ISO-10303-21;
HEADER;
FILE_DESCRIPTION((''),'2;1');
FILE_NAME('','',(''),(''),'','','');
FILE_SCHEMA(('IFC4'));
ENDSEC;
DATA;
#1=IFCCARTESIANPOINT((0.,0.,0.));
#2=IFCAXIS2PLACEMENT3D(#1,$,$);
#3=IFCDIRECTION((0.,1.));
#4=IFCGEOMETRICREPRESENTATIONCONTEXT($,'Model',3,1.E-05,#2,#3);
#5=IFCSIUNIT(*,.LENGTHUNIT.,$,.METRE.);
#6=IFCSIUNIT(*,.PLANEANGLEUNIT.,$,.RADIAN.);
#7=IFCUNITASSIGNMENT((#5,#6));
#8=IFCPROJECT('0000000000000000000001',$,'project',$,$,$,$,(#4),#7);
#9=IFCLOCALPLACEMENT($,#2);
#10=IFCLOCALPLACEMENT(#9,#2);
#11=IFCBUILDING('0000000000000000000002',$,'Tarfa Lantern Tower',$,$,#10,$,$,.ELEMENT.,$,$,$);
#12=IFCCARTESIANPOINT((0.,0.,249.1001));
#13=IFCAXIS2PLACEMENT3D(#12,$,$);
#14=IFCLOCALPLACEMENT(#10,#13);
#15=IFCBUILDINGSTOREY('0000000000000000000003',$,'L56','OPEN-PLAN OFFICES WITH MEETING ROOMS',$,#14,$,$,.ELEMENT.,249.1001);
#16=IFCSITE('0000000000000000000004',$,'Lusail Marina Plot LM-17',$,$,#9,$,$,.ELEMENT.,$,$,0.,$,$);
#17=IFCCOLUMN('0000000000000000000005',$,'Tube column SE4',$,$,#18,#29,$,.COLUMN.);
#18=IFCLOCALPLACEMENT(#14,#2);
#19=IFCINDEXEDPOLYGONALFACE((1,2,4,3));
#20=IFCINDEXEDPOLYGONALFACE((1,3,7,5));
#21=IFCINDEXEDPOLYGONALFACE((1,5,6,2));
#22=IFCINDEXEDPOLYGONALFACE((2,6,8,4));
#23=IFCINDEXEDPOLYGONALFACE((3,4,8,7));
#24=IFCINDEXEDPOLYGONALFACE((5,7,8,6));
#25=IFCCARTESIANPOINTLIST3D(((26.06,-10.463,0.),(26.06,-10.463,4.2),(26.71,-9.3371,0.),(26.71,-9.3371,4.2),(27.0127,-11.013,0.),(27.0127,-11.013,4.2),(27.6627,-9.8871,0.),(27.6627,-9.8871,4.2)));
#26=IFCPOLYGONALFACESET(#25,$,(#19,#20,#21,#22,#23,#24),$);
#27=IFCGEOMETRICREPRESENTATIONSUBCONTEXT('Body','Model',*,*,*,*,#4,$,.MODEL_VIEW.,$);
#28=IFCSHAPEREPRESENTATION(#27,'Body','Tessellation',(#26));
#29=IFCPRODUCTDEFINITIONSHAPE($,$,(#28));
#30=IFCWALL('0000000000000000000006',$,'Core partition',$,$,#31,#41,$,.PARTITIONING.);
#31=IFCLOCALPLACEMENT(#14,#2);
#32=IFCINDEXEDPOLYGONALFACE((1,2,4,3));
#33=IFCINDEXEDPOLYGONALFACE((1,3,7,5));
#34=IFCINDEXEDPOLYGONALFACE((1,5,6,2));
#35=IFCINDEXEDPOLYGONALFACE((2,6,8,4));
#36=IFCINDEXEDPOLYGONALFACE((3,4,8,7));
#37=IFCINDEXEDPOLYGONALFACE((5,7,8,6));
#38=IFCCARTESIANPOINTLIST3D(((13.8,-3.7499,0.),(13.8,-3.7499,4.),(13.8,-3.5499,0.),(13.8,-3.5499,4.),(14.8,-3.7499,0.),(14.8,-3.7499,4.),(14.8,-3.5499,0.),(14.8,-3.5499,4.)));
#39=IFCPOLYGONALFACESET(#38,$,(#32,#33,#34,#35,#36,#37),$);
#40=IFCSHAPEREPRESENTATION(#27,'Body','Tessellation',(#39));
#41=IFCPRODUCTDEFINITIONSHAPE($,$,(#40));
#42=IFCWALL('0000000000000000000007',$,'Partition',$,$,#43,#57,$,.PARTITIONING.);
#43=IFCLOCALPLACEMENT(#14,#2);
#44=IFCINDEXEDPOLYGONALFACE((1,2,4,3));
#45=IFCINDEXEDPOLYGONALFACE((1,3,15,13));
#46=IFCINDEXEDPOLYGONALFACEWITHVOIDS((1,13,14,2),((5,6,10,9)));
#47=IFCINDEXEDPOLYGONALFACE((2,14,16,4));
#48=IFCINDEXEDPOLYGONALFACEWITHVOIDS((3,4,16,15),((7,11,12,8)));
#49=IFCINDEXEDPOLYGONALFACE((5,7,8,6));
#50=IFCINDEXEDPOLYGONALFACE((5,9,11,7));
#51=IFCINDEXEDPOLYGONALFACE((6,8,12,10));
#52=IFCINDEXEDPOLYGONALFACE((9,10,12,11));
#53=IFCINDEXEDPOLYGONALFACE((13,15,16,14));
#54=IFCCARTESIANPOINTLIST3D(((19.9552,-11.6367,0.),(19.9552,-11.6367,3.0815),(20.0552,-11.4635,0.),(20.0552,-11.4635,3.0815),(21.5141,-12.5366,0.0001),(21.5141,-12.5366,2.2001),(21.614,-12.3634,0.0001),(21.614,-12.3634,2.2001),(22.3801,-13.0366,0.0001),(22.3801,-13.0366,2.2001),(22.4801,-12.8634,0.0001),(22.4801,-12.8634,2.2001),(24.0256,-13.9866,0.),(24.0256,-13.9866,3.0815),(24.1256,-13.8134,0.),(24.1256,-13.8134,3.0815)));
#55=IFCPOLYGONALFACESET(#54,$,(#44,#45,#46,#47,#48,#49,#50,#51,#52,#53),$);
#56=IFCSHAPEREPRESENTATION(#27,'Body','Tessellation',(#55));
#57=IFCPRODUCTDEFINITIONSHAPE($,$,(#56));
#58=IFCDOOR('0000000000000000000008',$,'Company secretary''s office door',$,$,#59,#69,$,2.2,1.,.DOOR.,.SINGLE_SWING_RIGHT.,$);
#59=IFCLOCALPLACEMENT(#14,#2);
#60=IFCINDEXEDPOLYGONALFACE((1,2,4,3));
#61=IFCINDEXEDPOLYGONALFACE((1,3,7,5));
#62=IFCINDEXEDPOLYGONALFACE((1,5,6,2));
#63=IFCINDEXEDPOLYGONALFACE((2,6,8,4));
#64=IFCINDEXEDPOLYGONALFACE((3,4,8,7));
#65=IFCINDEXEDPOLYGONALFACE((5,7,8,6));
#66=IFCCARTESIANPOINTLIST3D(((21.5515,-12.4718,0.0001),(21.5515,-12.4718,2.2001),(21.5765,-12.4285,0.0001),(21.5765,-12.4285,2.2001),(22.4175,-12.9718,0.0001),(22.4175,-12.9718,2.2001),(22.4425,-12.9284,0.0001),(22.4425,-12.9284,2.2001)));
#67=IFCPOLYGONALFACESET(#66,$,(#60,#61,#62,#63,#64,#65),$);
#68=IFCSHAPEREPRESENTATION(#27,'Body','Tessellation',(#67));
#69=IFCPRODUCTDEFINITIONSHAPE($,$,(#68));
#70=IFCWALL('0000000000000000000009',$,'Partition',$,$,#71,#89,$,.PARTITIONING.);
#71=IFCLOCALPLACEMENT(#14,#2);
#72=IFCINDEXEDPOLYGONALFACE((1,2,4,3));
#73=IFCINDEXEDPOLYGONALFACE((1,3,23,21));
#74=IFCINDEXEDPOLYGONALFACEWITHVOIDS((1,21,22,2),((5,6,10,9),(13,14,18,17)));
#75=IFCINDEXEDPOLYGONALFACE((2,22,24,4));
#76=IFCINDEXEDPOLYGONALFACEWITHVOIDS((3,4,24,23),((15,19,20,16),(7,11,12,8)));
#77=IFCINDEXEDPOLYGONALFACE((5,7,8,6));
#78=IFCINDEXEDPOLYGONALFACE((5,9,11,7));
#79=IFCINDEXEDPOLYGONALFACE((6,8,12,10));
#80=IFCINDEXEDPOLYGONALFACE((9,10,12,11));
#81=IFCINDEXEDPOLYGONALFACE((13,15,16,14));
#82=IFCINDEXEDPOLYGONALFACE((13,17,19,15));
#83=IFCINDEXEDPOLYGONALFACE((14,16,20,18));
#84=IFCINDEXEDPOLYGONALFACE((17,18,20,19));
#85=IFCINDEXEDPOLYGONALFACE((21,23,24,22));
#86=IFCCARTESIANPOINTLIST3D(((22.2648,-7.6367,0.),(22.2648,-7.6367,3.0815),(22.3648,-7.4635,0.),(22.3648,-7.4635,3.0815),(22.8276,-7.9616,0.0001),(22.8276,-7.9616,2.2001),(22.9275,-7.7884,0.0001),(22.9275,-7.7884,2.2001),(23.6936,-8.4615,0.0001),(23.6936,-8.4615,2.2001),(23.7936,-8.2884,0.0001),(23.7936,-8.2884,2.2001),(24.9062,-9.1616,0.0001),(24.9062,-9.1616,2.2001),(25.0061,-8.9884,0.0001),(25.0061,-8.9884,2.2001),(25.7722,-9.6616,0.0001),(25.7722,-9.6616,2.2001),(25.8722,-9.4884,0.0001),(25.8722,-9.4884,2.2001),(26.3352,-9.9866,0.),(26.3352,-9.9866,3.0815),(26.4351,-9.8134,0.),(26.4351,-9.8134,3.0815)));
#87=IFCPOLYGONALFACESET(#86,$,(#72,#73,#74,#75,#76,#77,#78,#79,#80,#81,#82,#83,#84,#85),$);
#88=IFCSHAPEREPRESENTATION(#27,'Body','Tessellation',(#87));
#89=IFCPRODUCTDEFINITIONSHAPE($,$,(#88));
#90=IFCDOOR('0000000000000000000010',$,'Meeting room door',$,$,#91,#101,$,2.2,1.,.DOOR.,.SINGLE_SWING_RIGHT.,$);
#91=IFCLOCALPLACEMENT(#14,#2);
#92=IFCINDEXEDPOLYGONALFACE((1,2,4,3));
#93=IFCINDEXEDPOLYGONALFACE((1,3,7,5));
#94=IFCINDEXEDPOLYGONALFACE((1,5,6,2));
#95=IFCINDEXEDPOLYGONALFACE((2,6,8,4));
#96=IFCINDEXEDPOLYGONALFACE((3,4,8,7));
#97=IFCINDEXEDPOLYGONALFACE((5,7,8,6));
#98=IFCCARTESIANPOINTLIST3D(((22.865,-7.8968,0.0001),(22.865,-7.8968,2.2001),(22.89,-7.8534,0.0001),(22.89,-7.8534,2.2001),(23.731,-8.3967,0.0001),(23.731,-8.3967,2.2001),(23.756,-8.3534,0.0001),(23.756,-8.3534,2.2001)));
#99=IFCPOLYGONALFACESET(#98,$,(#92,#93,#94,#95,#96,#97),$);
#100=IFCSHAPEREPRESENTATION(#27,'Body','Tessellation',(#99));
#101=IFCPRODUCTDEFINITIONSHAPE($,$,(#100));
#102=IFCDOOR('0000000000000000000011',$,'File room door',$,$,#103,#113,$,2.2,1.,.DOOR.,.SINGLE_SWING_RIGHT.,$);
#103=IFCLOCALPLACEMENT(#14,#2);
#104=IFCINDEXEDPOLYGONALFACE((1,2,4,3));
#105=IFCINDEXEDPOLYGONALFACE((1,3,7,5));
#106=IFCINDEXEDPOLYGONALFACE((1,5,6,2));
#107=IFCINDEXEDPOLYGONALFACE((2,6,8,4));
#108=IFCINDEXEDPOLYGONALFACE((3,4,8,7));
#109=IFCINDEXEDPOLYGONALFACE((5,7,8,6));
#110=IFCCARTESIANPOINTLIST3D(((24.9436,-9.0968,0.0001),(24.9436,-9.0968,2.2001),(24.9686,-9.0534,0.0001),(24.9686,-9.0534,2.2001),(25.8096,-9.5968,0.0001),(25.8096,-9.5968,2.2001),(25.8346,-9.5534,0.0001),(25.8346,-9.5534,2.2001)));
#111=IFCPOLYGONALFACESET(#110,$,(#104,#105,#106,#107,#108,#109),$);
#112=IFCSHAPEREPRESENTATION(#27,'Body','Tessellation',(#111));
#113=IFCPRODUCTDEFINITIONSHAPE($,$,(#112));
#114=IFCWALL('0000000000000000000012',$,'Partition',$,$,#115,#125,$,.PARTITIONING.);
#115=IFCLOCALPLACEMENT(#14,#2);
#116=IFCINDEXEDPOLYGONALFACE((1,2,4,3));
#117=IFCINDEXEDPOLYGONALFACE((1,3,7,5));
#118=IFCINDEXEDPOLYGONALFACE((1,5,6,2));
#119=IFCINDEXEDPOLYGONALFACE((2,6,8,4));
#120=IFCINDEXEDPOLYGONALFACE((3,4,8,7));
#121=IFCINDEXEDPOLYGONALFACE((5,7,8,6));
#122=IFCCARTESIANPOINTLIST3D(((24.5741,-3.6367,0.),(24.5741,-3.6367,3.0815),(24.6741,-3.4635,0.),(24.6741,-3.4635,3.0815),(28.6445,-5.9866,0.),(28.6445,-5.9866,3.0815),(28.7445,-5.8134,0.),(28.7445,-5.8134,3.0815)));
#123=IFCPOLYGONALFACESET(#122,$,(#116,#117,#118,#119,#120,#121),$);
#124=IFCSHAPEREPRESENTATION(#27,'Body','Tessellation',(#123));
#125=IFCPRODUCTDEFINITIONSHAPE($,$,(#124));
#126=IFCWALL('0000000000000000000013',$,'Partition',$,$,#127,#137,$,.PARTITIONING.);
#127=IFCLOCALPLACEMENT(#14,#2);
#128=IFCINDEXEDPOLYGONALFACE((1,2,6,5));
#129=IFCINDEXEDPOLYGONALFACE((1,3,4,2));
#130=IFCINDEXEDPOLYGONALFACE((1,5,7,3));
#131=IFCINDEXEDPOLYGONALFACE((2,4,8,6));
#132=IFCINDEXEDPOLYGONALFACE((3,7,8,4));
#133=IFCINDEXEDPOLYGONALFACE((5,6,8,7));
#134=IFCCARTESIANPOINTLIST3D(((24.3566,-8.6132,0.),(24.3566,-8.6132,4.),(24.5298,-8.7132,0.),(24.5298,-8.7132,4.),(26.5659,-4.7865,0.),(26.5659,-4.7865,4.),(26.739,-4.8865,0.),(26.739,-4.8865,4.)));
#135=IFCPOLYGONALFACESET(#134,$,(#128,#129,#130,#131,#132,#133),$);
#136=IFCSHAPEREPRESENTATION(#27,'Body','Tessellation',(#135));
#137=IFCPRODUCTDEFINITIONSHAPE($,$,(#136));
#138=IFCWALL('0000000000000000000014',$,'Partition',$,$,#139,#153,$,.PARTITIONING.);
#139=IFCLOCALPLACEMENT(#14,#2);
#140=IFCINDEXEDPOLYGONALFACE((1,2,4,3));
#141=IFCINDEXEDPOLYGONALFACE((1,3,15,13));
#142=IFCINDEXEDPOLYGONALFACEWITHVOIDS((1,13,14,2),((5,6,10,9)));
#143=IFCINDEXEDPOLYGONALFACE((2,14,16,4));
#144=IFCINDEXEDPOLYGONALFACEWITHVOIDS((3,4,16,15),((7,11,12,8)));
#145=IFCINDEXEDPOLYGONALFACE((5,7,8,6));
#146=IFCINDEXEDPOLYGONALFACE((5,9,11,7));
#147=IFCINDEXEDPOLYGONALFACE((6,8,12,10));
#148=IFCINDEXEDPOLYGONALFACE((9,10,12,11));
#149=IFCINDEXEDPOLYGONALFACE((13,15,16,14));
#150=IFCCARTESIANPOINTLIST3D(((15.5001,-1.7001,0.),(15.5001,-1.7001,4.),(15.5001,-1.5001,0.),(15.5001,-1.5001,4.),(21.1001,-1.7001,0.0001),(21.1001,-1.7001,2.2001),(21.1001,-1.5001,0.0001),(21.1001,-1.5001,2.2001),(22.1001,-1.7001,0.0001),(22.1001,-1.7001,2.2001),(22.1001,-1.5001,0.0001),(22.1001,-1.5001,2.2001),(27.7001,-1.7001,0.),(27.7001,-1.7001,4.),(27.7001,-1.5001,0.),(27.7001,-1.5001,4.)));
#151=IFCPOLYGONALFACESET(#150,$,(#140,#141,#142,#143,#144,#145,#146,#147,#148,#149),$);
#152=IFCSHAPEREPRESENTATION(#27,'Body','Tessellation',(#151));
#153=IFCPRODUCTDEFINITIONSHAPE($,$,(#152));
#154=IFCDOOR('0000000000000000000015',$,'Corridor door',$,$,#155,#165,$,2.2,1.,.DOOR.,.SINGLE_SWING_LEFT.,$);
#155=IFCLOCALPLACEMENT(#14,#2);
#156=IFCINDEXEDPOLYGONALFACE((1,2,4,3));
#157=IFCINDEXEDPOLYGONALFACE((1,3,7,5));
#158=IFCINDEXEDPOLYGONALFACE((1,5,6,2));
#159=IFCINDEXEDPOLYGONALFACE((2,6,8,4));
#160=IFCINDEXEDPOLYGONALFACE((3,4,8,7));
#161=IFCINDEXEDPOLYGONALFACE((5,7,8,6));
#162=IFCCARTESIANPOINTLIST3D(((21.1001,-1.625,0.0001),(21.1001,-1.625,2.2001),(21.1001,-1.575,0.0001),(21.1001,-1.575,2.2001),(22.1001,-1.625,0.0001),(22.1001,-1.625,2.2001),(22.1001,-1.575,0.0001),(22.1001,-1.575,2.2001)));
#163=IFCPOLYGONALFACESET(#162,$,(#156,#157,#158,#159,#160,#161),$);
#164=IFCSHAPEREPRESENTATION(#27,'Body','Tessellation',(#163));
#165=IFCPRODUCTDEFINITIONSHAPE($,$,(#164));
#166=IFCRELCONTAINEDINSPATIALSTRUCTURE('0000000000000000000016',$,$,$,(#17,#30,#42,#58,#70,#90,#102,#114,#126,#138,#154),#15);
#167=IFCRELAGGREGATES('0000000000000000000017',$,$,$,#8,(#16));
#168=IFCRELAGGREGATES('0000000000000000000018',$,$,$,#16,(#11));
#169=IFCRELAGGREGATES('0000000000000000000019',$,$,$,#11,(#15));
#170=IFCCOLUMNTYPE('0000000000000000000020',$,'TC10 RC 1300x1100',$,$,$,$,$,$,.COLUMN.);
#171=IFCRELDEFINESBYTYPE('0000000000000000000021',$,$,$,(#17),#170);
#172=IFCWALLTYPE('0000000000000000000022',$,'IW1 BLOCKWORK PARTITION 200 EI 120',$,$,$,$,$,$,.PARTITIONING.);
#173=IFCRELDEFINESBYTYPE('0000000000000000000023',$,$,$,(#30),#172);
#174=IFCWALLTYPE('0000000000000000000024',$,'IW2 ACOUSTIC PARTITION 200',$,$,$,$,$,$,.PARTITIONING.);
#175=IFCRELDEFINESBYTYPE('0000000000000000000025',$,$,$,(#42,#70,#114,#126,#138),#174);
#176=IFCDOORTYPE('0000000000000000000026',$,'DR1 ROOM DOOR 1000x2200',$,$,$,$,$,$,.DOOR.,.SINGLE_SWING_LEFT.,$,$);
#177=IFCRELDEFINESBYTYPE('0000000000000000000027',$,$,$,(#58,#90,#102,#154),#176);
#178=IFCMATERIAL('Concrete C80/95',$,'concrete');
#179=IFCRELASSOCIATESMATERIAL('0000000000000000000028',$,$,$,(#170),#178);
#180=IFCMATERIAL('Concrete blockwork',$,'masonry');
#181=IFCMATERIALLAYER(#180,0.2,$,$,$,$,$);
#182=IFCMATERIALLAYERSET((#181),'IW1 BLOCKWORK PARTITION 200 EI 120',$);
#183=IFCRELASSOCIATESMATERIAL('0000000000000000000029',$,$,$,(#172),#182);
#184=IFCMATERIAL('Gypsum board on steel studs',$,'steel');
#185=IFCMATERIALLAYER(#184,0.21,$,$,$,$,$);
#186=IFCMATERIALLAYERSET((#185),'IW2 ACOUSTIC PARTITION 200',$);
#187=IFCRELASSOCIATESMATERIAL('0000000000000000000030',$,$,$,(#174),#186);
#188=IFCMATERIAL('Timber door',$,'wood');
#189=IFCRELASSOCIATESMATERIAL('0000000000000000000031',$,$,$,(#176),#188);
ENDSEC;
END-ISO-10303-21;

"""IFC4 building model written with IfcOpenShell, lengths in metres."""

from ifc_helpers import new_model, si_unit, direction, frame, frame_2d, origin, origin_2d, place, context, subcontext, project, spatial, rectangle, extrude, material, layer, layer_set, material_profile, profile_set, type_object, element, fill, save


model = new_model("IFC4")

# Units and contexts
model_context = context("Model", 3, precision=1e-05, world=origin(), true_north=direction((0.0, 1.0)))
body_context = subcontext(model_context, "Body", "Model", "MODEL_VIEW")
ifc_project = project(units=[si_unit("LENGTHUNIT", "METRE"), si_unit("PLANEANGLEUNIT", "RADIAN")], contexts=[model_context])

# Site, building, storey
site_placement = place(None, origin())
site = spatial("IfcSite", under=ifc_project, at=site_placement, Name="Lusail Marina Plot LM-17", CompositionType="ELEMENT", RefElevation=0.0)
building_placement = place(site_placement, origin())
building = spatial("IfcBuilding", under=site, at=building_placement, Name="Tarfa Lantern Tower", CompositionType="ELEMENT")
storey_placement = place(building_placement, frame((0.0, 0.0, 249.1001)))
storey = spatial("IfcBuildingStorey", under=building, at=storey_placement, Name="L56", Description="OPEN-PLAN OFFICES WITH MEETING ROOMS", CompositionType="ELEMENT", Elevation=249.1001)

# Column
ifc_material_1 = material(Name="Concrete C80/95", Category="concrete")
ifc_material_profile = material_profile(ifc_material_1, rectangle(XDim=1.3, YDim=1.1001, at=origin_2d()), Name="RC 1300x1100")
ifc_profile_set = profile_set([ifc_material_profile], Name="Concrete C80/95")
column_type = type_object("IfcColumnType", Name="TC10 RC 1300x1100", PredefinedType="COLUMN", material=ifc_profile_set)
column_placement = place(storey_placement, frame((26.8613, -10.175, 0.0), z_axis=(0.0, 0.0, 1.0), x_axis=(0.5, 0.866025, 0.0)))
element("IfcColumn", 1, at=column_placement, inside=storey, type_object=column_type, Name="Tube column SE4", PredefinedType="COLUMN", context=body_context, shape_type="SweptSolid", body=[
    extrude(rectangle(XDim=1.3, YDim=1.1001, at=origin_2d()), origin(), (0.0, 0.0, 1.0), 4.2),
])

# Wall
ifc_material_2 = material(Name="Concrete blockwork", Category="masonry")
ifc_layer_1 = layer(ifc_material_2, 0.2)
ifc_layer_set_1 = layer_set([ifc_layer_1], Name="IW1 BLOCKWORK PARTITION 200 EI 120")
wall_type_1 = type_object("IfcWallType", Name="IW1 BLOCKWORK PARTITION 200 EI 120", PredefinedType="PARTITIONING", material=ifc_layer_set_1)
wall_1_placement = place(storey_placement, frame((14.8, -3.6499, 0.0), z_axis=(0.0, 0.0, 1.0), x_axis=(-1.0, 0.0, 0.0)))
element("IfcWall", 2, at=wall_1_placement, inside=storey, type_object=wall_type_1, Name="Core partition", PredefinedType="PARTITIONING", context=body_context, shape_type="SweptSolid", body=[
    extrude(rectangle(XDim=1.0, YDim=0.2, at=frame_2d((0.5, 0.0))), origin(), (0.0, 0.0, 1.0), 4.0),
])

# Wall, opening, door
ifc_material_3 = material(Name="Gypsum board on steel studs", Category="steel")
ifc_layer_2 = layer(ifc_material_3, 0.21)
ifc_layer_set_2 = layer_set([ifc_layer_2], Name="IW2 ACOUSTIC PARTITION 200")
wall_type_2 = type_object("IfcWallType", Name="IW2 ACOUSTIC PARTITION 200", PredefinedType="PARTITIONING", material=ifc_layer_set_2)
wall_2_placement = place(storey_placement, frame((20.0051, -11.55, 0.0), z_axis=(0.0, 0.0, 1.0), x_axis=(0.866039, -0.499977, 0.0)))
wall_2 = element("IfcWall", 3, at=wall_2_placement, inside=storey, type_object=wall_type_2, Name="Partition", PredefinedType="PARTITIONING", context=body_context, shape_type="SweptSolid", body=[
    extrude(rectangle(XDim=4.7, YDim=0.2, at=frame_2d((2.3501, 0.0))), origin(), (0.0, 0.0, 1.0), 3.0815),
])
opening_1_placement = place(wall_2_placement, frame((1.8, 0.0, 0.0)))
opening_1 = element("IfcOpeningElement", 4, at=opening_1_placement, cuts=wall_2, PredefinedType="OPENING", context=body_context, shape_type="SweptSolid", body=[
    extrude(rectangle(XDim=1.0, YDim=2.2, at=frame_2d((0.5, 1.1001))), frame((0.0, 0.1099, 0.0), z_axis=(0.0, -1.0, 0.0), x_axis=(1.0, 0.0, 0.0)), (0.0, 0.0, 1.0), 0.22),
])
ifc_material_4 = material(Name="Timber door", Category="wood")
door_type_1 = type_object("IfcDoorType", Name="DR1 ROOM DOOR 1000x2200", OperationType="SINGLE_SWING_LEFT", PredefinedType="DOOR", material=ifc_material_4)
door_1_placement = place(opening_1_placement, origin())
door_1 = element("IfcDoor", 5, at=door_1_placement, inside=storey, type_object=door_type_1, Name="Company secretary's office door", OperationType="SINGLE_SWING_RIGHT", OverallHeight=2.2, OverallWidth=1.0, PredefinedType="DOOR", context=body_context, shape_type="SweptSolid", body=[
    extrude(rectangle(XDim=1.0, YDim=2.2, at=frame_2d((0.5, 1.1001))), frame((0.0, 0.0249, 0.0), z_axis=(0.0, -1.0, 0.0), x_axis=(1.0, 0.0, 0.0)), (0.0, 0.0, 1.0), 0.05),
])
fill(opening_1, door_1)

# Wall, openings, doors
wall_3_placement = place(storey_placement, frame((22.3147, -7.55, 0.0), z_axis=(0.0, 0.0, 1.0), x_axis=(0.866039, -0.499977, 0.0)))
wall_3 = element("IfcWall", 6, at=wall_3_placement, inside=storey, type_object=wall_type_2, Name="Partition", PredefinedType="PARTITIONING", context=body_context, shape_type="SweptSolid", body=[
    extrude(rectangle(XDim=4.7, YDim=0.2, at=frame_2d((2.3501, 0.0))), origin(), (0.0, 0.0, 1.0), 3.0815),
])
opening_2_placement = place(wall_3_placement, frame((0.6499, 0.0, 0.0)))
opening_2 = element("IfcOpeningElement", 7, at=opening_2_placement, cuts=wall_3, PredefinedType="OPENING", context=body_context, shape_type="SweptSolid", body=[
    extrude(rectangle(XDim=1.0, YDim=2.2, at=frame_2d((0.5, 1.1001))), frame((0.0, 0.1099, 0.0), z_axis=(0.0, -1.0, 0.0), x_axis=(1.0, 0.0, 0.0)), (0.0, 0.0, 1.0), 0.22),
])
opening_3_placement = place(wall_3_placement, frame((3.05, 0.0, 0.0)))
opening_3 = element("IfcOpeningElement", 8, at=opening_3_placement, cuts=wall_3, PredefinedType="OPENING", context=body_context, shape_type="SweptSolid", body=[
    extrude(rectangle(XDim=1.0, YDim=2.2, at=frame_2d((0.5, 1.1001))), frame((0.0, 0.1099, 0.0), z_axis=(0.0, -1.0, 0.0), x_axis=(1.0, 0.0, 0.0)), (0.0, 0.0, 1.0), 0.22),
])
door_2_placement = place(opening_2_placement, origin())
door_2 = element("IfcDoor", 9, at=door_2_placement, inside=storey, type_object=door_type_1, Name="Meeting room door", OperationType="SINGLE_SWING_RIGHT", OverallHeight=2.2, OverallWidth=1.0, PredefinedType="DOOR", context=body_context, shape_type="SweptSolid", body=[
    extrude(rectangle(XDim=1.0, YDim=2.2, at=frame_2d((0.5, 1.1001))), frame((0.0, 0.0249, 0.0), z_axis=(0.0, -1.0, 0.0), x_axis=(1.0, 0.0, 0.0)), (0.0, 0.0, 1.0), 0.05),
])
fill(opening_2, door_2)
door_3_placement = place(opening_3_placement, origin())
door_3 = element("IfcDoor", 10, at=door_3_placement, inside=storey, type_object=door_type_1, Name="File room door", OperationType="SINGLE_SWING_RIGHT", OverallHeight=2.2, OverallWidth=1.0, PredefinedType="DOOR", context=body_context, shape_type="SweptSolid", body=[
    extrude(rectangle(XDim=1.0, YDim=2.2, at=frame_2d((0.5, 1.1001))), frame((0.0, 0.0249, 0.0), z_axis=(0.0, -1.0, 0.0), x_axis=(1.0, 0.0, 0.0)), (0.0, 0.0, 1.0), 0.05),
])
fill(opening_3, door_3)

# Walls
wall_4_placement = place(storey_placement, frame((24.624, -3.55, 0.0), z_axis=(0.0, 0.0, 1.0), x_axis=(0.866039, -0.499977, 0.0)))
element("IfcWall", 11, at=wall_4_placement, inside=storey, type_object=wall_type_2, Name="Partition", PredefinedType="PARTITIONING", context=body_context, shape_type="SweptSolid", body=[
    extrude(rectangle(XDim=4.7, YDim=0.2, at=frame_2d((2.3501, 0.0))), origin(), (0.0, 0.0, 1.0), 3.0815),
])
wall_5_placement = place(storey_placement, frame((24.4431, -8.6633, 0.0), z_axis=(0.0, 0.0, 1.0), x_axis=(0.499984, 0.866035, 0.0)))
element("IfcWall", 12, at=wall_5_placement, inside=storey, type_object=wall_type_2, Name="Partition", PredefinedType="PARTITIONING", context=body_context, shape_type="SweptSolid", body=[
    extrude(rectangle(XDim=4.4187, YDim=0.2, at=frame_2d((2.2095, 0.0))), origin(), (0.0, 0.0, 1.0), 4.0),
])

# Wall, opening, door
wall_6_placement = place(storey_placement, frame((15.5, -1.6001, 0.0), z_axis=(0.0, 0.0, 1.0), x_axis=(1.0, 0.0, 0.0)))
wall_6 = element("IfcWall", 13, at=wall_6_placement, inside=storey, type_object=wall_type_2, Name="Partition", PredefinedType="PARTITIONING", context=body_context, shape_type="SweptSolid", body=[
    extrude(rectangle(XDim=12.2, YDim=0.2, at=frame_2d((6.1001, 0.0))), origin(), (0.0, 0.0, 1.0), 4.0),
])
opening_4_placement = place(wall_6_placement, frame((5.6001, 0.0, 0.0)))
opening_4 = element("IfcOpeningElement", 14, at=opening_4_placement, cuts=wall_6, PredefinedType="OPENING", context=body_context, shape_type="SweptSolid", body=[
    extrude(rectangle(XDim=1.0, YDim=2.2, at=frame_2d((0.5, 1.1001))), frame((0.0, 0.1099, 0.0), z_axis=(0.0, -1.0, 0.0), x_axis=(1.0, 0.0, 0.0)), (0.0, 0.0, 1.0), 0.22),
])
door_4_placement = place(opening_4_placement, frame((1.0, 0.0, 0.0), z_axis=(0.0, 0.0, 1.0), x_axis=(-1.0, 0.0, 0.0)))
door_4 = element("IfcDoor", 15, at=door_4_placement, inside=storey, type_object=door_type_1, Name="Corridor door", OperationType="SINGLE_SWING_LEFT", OverallHeight=2.2, OverallWidth=1.0, PredefinedType="DOOR", context=body_context, shape_type="SweptSolid", body=[
    extrude(rectangle(XDim=1.0, YDim=2.2, at=frame_2d((0.5, 1.1001))), frame((0.0, 0.0249, 0.0), z_axis=(0.0, -1.0, 0.0), x_axis=(1.0, 0.0, 0.0)), (0.0, 0.0, 1.0), 0.05),
])
fill(opening_4, door_4)

save(model, "model.ifc")
